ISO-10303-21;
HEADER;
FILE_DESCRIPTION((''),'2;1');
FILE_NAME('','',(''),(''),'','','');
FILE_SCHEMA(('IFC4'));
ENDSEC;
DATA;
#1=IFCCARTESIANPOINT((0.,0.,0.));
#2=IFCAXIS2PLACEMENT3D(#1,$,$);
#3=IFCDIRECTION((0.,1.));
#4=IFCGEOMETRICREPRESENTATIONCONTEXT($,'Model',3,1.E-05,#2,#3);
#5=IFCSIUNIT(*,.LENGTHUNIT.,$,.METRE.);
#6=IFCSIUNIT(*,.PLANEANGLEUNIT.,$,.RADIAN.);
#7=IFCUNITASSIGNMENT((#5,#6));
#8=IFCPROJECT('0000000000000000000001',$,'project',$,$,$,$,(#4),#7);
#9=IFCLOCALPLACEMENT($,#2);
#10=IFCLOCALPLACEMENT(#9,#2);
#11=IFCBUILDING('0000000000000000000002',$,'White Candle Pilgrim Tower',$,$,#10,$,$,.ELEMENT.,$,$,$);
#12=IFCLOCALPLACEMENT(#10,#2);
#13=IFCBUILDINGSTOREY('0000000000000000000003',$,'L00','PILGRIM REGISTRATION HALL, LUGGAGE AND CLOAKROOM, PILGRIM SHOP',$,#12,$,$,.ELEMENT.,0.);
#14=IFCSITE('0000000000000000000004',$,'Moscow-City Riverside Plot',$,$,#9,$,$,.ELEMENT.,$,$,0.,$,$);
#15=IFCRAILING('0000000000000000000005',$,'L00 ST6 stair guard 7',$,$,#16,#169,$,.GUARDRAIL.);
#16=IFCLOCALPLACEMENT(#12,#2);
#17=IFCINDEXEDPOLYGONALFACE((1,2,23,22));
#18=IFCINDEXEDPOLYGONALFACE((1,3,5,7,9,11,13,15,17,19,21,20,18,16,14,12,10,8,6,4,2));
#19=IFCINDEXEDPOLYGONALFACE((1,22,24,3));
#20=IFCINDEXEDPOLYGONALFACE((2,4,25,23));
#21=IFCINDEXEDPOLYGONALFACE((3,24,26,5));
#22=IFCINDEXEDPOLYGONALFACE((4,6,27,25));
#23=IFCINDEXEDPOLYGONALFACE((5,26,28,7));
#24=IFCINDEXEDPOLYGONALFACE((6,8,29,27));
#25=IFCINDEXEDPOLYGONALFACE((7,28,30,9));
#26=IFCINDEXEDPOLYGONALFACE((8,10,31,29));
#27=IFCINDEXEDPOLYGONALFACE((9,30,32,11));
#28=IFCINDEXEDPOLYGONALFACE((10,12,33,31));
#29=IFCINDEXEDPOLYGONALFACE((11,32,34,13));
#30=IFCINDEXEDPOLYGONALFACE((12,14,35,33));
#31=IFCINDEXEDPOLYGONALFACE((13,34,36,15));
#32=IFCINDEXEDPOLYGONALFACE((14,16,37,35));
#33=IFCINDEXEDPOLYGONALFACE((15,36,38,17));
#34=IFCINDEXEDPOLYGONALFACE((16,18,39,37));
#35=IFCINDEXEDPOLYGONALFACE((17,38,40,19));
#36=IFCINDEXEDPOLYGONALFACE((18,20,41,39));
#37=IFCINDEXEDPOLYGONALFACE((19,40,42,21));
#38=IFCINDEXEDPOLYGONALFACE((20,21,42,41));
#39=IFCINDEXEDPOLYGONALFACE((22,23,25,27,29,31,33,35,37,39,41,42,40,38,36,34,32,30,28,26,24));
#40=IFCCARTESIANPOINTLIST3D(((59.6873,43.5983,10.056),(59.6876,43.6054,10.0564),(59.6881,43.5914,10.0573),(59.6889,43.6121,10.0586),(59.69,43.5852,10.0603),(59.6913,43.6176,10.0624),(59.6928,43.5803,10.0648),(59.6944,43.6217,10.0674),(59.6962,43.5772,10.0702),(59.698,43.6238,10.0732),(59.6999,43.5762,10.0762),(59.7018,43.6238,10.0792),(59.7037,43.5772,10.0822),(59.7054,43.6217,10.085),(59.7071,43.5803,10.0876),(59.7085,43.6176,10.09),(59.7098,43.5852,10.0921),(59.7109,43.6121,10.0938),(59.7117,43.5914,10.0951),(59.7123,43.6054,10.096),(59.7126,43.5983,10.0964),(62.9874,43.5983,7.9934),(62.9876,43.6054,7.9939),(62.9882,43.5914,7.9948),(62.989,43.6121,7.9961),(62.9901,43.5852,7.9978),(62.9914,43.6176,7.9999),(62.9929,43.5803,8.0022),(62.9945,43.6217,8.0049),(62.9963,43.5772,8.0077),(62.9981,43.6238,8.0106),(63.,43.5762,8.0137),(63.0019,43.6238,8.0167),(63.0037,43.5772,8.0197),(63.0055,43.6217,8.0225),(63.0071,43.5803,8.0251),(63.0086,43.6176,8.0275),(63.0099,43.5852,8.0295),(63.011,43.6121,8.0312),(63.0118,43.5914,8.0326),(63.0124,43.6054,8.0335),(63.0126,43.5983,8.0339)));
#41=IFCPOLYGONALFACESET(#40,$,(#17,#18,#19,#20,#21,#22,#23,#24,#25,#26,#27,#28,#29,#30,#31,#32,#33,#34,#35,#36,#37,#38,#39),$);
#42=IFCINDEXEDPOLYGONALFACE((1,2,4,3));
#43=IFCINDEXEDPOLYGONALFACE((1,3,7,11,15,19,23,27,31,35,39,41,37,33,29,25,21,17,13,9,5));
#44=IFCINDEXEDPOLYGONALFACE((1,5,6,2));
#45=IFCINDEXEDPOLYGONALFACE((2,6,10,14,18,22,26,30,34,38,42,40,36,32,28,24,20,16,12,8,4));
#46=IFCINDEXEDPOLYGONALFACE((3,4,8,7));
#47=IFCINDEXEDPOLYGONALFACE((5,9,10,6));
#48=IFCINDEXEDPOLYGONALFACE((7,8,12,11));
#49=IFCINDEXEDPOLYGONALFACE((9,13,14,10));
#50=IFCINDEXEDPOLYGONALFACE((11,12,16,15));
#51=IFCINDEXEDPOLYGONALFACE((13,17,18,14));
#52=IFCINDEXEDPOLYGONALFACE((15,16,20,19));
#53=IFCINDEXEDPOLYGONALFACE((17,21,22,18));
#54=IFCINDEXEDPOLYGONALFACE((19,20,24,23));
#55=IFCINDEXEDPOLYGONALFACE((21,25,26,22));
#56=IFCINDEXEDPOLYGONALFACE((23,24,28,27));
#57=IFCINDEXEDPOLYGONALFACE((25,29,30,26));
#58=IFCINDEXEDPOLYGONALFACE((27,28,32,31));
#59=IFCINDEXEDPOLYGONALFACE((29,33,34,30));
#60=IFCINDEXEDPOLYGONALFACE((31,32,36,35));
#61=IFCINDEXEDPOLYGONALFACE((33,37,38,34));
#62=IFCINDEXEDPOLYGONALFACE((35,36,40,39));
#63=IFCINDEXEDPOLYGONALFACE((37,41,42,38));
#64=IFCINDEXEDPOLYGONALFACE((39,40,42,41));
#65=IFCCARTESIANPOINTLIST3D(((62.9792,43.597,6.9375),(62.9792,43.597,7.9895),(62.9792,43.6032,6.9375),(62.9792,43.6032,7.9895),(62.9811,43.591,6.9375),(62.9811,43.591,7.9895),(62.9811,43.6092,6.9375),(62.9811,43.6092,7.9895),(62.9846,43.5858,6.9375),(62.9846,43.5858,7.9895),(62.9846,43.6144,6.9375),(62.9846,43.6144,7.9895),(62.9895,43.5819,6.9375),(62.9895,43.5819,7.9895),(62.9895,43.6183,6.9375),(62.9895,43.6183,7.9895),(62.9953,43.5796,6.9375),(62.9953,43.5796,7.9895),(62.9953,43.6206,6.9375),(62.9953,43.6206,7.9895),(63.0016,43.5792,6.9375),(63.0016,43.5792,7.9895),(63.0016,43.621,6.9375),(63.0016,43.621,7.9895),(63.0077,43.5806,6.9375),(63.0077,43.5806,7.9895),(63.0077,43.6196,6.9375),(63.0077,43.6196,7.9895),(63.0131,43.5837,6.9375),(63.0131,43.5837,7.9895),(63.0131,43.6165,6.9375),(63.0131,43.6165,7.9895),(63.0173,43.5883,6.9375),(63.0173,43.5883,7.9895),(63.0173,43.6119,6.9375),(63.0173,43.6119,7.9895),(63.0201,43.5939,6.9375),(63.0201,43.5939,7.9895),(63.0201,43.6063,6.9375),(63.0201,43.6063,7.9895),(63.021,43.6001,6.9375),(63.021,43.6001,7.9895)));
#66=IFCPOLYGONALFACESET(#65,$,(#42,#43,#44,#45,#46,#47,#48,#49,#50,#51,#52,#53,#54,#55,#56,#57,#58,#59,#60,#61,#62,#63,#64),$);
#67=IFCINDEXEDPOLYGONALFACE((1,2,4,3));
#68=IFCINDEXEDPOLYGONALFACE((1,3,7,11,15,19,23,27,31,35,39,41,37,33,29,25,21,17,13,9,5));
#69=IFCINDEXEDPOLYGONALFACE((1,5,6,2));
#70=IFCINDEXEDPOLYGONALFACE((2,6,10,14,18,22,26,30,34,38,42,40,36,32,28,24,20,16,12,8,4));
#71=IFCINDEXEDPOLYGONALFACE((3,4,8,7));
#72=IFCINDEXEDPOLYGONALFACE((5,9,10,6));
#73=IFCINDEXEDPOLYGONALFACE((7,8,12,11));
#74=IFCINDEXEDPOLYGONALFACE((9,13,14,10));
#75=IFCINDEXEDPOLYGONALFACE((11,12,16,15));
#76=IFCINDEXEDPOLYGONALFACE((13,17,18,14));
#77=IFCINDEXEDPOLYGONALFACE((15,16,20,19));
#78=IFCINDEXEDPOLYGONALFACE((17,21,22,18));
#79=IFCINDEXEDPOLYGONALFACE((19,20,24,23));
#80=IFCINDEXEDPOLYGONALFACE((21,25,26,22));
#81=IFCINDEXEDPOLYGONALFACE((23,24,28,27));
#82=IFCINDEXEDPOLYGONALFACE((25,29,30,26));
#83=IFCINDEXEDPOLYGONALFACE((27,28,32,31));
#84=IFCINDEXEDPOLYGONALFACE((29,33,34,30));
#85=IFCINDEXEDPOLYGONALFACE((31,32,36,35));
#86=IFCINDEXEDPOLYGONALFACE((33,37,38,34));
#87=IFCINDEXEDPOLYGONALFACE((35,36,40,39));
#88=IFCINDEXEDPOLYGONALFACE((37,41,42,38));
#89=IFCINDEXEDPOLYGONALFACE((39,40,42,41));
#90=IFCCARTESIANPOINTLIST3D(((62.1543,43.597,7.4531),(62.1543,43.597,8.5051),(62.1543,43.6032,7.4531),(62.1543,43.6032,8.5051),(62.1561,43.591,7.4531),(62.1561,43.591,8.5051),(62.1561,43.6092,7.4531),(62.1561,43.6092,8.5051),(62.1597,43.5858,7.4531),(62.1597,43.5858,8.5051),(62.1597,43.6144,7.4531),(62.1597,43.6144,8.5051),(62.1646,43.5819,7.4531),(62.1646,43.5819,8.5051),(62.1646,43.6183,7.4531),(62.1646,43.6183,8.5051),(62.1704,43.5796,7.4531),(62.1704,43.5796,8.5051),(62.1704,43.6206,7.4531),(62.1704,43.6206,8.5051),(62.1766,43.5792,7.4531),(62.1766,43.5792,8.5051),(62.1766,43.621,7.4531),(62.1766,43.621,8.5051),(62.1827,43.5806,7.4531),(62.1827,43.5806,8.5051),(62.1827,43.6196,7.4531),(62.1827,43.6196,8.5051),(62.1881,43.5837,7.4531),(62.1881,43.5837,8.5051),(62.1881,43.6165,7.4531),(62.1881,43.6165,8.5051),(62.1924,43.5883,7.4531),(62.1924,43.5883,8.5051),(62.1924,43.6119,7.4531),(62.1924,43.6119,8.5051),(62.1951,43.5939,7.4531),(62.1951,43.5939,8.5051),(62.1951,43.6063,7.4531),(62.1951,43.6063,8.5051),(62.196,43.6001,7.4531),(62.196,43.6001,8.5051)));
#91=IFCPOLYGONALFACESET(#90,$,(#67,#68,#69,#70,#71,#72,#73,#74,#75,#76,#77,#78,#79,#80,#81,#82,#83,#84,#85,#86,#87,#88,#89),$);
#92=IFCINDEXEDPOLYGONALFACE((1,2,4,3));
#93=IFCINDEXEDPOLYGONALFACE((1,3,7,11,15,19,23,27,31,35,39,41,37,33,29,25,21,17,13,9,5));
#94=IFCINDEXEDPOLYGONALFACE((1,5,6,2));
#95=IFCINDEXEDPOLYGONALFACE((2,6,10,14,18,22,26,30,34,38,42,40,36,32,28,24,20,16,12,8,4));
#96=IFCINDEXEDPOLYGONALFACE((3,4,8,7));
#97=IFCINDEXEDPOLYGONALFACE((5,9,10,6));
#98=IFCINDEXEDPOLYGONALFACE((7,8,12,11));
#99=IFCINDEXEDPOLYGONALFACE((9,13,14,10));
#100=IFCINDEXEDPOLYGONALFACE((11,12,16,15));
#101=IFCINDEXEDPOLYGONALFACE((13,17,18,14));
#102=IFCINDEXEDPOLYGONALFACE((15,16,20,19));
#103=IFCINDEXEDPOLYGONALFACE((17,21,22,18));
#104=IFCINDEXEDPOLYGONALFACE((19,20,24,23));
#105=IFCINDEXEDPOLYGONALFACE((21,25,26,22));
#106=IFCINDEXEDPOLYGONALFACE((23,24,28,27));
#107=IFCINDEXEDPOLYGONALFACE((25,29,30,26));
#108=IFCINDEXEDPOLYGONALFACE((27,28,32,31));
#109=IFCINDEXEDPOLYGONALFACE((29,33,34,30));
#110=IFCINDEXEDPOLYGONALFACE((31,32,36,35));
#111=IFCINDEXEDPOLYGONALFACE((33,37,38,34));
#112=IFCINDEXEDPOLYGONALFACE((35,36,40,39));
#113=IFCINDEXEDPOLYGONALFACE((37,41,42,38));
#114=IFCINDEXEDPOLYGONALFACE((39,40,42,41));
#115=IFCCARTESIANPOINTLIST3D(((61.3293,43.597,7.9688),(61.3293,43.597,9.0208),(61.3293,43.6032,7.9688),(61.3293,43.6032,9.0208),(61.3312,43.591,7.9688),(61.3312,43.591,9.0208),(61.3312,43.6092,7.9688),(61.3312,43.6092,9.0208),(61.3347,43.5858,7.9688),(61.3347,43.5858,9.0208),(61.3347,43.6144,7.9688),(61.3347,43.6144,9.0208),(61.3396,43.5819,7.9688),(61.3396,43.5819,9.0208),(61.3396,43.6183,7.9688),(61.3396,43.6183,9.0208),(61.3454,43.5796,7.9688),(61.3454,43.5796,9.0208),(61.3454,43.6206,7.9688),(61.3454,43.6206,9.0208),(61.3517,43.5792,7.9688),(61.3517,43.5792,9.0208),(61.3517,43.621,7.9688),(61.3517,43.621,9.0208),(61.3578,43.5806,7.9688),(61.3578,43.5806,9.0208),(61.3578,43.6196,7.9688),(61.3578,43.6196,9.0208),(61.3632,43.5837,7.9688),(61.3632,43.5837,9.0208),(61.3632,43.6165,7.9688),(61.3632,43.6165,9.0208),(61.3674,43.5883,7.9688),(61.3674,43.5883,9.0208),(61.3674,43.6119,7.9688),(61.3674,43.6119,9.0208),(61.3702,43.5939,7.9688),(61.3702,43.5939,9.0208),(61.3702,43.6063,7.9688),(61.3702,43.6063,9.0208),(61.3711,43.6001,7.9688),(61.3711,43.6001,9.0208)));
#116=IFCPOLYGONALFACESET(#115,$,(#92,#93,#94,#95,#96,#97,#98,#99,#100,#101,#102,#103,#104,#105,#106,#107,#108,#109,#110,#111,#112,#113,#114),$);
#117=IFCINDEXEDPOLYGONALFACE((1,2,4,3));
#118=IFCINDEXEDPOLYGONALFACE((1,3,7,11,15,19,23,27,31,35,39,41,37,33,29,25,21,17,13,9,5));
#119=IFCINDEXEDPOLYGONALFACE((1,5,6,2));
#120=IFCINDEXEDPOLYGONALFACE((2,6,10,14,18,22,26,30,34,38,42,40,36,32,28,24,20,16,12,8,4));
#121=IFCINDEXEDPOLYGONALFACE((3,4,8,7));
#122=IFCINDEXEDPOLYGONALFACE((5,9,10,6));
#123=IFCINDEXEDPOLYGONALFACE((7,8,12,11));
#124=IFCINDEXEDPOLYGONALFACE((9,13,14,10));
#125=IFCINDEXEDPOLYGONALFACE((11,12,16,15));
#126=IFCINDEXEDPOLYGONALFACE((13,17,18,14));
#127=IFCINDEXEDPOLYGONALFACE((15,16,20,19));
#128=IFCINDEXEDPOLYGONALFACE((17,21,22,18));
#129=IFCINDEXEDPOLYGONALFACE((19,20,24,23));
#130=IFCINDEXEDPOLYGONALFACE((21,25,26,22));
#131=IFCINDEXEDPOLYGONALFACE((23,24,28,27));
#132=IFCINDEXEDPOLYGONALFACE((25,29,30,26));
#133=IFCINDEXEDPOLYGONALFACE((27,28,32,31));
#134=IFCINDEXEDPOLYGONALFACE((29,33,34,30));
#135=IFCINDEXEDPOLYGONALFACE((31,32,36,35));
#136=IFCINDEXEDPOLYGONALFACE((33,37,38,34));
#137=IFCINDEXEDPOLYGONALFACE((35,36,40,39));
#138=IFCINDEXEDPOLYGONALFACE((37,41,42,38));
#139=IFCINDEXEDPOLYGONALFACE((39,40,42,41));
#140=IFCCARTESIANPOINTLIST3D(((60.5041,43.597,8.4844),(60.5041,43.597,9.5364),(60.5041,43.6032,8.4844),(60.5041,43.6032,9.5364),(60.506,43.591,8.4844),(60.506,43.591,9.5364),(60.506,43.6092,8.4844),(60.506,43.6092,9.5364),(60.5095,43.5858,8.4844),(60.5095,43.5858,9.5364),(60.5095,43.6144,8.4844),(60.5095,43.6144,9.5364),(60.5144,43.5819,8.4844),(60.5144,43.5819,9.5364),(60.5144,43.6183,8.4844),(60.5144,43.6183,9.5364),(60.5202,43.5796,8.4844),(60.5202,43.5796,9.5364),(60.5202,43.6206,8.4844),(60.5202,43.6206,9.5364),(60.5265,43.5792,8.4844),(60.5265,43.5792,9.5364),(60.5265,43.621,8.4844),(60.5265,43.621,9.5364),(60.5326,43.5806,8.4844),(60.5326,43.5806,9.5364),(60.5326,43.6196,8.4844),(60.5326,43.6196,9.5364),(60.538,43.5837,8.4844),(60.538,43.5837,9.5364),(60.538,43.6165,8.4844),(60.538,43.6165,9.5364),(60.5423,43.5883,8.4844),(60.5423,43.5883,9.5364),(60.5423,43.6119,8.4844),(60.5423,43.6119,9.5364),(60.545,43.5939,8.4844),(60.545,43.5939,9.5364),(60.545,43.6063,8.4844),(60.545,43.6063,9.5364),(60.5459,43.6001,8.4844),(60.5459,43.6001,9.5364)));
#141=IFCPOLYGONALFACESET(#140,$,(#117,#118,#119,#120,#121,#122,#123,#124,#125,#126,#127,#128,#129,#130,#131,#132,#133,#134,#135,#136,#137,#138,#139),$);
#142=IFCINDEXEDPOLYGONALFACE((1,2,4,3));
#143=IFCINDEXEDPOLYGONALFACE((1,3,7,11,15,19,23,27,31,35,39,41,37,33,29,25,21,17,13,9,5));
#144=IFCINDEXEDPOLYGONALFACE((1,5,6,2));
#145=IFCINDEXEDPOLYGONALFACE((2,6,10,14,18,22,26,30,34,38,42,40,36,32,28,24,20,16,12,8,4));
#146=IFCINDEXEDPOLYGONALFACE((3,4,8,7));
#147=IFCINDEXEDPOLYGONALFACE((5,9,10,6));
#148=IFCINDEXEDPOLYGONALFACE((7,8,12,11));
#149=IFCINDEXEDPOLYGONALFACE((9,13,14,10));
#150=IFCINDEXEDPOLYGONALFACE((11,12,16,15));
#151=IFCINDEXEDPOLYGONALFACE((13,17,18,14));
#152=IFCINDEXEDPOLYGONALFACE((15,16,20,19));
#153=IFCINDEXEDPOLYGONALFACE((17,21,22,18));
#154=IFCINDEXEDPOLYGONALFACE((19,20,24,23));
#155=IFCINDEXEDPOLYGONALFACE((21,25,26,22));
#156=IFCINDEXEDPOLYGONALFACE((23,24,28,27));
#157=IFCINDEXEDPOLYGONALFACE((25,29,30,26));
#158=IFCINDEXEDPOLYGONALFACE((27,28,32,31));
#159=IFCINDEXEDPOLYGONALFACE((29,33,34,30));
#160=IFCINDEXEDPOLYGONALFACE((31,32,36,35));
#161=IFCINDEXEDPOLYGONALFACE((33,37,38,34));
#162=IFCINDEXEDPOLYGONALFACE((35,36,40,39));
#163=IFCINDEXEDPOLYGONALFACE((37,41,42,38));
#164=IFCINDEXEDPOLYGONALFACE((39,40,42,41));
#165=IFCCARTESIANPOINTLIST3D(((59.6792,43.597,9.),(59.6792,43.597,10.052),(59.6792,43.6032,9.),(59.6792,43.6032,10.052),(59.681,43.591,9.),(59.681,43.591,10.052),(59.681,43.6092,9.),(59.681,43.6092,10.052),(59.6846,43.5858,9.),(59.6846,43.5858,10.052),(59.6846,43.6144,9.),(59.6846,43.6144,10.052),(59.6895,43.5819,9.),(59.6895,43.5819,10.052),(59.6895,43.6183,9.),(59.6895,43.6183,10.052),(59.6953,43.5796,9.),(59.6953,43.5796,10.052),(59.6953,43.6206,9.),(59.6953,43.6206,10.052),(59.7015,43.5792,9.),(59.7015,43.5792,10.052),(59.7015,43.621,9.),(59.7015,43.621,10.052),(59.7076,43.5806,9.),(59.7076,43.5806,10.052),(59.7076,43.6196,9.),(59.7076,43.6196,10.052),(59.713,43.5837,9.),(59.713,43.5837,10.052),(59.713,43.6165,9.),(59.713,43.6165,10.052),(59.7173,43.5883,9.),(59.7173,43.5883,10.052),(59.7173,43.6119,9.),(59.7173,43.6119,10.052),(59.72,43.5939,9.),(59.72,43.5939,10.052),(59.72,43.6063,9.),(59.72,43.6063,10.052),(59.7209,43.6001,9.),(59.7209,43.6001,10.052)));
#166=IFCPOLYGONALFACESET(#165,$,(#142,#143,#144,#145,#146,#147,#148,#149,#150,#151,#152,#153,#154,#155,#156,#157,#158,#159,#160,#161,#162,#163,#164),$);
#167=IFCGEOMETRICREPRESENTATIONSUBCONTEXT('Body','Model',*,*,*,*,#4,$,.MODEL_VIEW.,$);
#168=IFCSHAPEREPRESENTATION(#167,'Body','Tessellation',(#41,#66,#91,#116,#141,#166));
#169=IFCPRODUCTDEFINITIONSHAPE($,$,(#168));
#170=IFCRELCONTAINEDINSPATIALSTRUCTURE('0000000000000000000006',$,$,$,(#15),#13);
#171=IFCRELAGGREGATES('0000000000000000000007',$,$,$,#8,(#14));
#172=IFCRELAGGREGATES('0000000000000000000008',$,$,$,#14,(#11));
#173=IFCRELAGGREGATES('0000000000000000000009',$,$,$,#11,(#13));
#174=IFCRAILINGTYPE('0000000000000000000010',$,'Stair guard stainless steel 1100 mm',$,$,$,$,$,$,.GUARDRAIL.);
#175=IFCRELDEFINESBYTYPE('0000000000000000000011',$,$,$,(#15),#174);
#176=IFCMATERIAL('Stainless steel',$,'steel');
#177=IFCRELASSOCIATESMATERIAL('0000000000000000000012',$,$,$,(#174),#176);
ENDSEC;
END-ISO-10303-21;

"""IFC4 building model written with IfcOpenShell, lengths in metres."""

from ifc_helpers import new_model, si_unit, direction, frame, origin, origin_2d, place, context, subcontext, project, spatial, circle, extrude, material, type_object, element, save


model = new_model("IFC4")

# Units and contexts
model_context = context("Model", 3, precision=1e-05, world=origin(), true_north=direction((0.0, 1.0)))
body_context = subcontext(model_context, "Body", "Model", "MODEL_VIEW")
ifc_project = project(units=[si_unit("LENGTHUNIT", "METRE"), si_unit("PLANEANGLEUNIT", "RADIAN")], contexts=[model_context])

# Site, building, storey
site_placement = place(None, origin())
site = spatial("IfcSite", under=ifc_project, at=site_placement, Name="Moscow-City Riverside Plot", CompositionType="ELEMENT", RefElevation=0.0)
building_placement = place(site_placement, origin())
building = spatial("IfcBuilding", under=site, at=building_placement, Name="White Candle Pilgrim Tower", CompositionType="ELEMENT")
storey_placement = place(building_placement, origin())
storey = spatial("IfcBuildingStorey", under=building, at=storey_placement, Name="L00", Description="PILGRIM REGISTRATION HALL, LUGGAGE AND CLOAKROOM, PILGRIM SHOP", CompositionType="ELEMENT", Elevation=0.0)

# Railing
ifc_material_1 = material(Name="Stainless steel", Category="steel")
railing_type_1 = type_object("IfcRailingType", Name="Stair guard stainless steel 1100 mm", PredefinedType="GUARDRAIL", material=ifc_material_1)
railing_1_placement = place(storey_placement, frame((63.0, 43.6001, 6.9375)))
element("IfcRailing", 1, at=railing_1_placement, inside=storey, type_object=railing_type_1, Name="L00 ST6 stair guard 7", PredefinedType="GUARDRAIL", context=body_context, shape_type="SweptSolid", body=[
    extrude(circle(Radius=0.0239, at=origin_2d()), frame((0.0, 0.0, 1.0762), z_axis=(-0.848002, 0.0, 0.529993), x_axis=(0.0, -1.0, 0.0)), (0.0, 0.0, 1.0), 3.8916),
    extrude(circle(Radius=0.021, at=origin_2d()), origin(), (0.0, 0.0, 1.0), 1.052),
    extrude(circle(Radius=0.021, at=origin_2d()), frame((-0.825, 0.0, 0.5156)), (0.0, 0.0, 1.0), 1.052),
    extrude(circle(Radius=0.021, at=origin_2d()), frame((-1.6499, 0.0, 1.0312)), (0.0, 0.0, 1.0), 1.052),
    extrude(circle(Radius=0.021, at=origin_2d()), frame((-2.4751, 0.0, 1.5469)), (0.0, 0.0, 1.0), 1.052),
    extrude(circle(Radius=0.021, at=origin_2d()), frame((-3.3, 0.0, 2.0625)), (0.0, 0.0, 1.0), 1.052),
])

save(model, "model.ifc")
